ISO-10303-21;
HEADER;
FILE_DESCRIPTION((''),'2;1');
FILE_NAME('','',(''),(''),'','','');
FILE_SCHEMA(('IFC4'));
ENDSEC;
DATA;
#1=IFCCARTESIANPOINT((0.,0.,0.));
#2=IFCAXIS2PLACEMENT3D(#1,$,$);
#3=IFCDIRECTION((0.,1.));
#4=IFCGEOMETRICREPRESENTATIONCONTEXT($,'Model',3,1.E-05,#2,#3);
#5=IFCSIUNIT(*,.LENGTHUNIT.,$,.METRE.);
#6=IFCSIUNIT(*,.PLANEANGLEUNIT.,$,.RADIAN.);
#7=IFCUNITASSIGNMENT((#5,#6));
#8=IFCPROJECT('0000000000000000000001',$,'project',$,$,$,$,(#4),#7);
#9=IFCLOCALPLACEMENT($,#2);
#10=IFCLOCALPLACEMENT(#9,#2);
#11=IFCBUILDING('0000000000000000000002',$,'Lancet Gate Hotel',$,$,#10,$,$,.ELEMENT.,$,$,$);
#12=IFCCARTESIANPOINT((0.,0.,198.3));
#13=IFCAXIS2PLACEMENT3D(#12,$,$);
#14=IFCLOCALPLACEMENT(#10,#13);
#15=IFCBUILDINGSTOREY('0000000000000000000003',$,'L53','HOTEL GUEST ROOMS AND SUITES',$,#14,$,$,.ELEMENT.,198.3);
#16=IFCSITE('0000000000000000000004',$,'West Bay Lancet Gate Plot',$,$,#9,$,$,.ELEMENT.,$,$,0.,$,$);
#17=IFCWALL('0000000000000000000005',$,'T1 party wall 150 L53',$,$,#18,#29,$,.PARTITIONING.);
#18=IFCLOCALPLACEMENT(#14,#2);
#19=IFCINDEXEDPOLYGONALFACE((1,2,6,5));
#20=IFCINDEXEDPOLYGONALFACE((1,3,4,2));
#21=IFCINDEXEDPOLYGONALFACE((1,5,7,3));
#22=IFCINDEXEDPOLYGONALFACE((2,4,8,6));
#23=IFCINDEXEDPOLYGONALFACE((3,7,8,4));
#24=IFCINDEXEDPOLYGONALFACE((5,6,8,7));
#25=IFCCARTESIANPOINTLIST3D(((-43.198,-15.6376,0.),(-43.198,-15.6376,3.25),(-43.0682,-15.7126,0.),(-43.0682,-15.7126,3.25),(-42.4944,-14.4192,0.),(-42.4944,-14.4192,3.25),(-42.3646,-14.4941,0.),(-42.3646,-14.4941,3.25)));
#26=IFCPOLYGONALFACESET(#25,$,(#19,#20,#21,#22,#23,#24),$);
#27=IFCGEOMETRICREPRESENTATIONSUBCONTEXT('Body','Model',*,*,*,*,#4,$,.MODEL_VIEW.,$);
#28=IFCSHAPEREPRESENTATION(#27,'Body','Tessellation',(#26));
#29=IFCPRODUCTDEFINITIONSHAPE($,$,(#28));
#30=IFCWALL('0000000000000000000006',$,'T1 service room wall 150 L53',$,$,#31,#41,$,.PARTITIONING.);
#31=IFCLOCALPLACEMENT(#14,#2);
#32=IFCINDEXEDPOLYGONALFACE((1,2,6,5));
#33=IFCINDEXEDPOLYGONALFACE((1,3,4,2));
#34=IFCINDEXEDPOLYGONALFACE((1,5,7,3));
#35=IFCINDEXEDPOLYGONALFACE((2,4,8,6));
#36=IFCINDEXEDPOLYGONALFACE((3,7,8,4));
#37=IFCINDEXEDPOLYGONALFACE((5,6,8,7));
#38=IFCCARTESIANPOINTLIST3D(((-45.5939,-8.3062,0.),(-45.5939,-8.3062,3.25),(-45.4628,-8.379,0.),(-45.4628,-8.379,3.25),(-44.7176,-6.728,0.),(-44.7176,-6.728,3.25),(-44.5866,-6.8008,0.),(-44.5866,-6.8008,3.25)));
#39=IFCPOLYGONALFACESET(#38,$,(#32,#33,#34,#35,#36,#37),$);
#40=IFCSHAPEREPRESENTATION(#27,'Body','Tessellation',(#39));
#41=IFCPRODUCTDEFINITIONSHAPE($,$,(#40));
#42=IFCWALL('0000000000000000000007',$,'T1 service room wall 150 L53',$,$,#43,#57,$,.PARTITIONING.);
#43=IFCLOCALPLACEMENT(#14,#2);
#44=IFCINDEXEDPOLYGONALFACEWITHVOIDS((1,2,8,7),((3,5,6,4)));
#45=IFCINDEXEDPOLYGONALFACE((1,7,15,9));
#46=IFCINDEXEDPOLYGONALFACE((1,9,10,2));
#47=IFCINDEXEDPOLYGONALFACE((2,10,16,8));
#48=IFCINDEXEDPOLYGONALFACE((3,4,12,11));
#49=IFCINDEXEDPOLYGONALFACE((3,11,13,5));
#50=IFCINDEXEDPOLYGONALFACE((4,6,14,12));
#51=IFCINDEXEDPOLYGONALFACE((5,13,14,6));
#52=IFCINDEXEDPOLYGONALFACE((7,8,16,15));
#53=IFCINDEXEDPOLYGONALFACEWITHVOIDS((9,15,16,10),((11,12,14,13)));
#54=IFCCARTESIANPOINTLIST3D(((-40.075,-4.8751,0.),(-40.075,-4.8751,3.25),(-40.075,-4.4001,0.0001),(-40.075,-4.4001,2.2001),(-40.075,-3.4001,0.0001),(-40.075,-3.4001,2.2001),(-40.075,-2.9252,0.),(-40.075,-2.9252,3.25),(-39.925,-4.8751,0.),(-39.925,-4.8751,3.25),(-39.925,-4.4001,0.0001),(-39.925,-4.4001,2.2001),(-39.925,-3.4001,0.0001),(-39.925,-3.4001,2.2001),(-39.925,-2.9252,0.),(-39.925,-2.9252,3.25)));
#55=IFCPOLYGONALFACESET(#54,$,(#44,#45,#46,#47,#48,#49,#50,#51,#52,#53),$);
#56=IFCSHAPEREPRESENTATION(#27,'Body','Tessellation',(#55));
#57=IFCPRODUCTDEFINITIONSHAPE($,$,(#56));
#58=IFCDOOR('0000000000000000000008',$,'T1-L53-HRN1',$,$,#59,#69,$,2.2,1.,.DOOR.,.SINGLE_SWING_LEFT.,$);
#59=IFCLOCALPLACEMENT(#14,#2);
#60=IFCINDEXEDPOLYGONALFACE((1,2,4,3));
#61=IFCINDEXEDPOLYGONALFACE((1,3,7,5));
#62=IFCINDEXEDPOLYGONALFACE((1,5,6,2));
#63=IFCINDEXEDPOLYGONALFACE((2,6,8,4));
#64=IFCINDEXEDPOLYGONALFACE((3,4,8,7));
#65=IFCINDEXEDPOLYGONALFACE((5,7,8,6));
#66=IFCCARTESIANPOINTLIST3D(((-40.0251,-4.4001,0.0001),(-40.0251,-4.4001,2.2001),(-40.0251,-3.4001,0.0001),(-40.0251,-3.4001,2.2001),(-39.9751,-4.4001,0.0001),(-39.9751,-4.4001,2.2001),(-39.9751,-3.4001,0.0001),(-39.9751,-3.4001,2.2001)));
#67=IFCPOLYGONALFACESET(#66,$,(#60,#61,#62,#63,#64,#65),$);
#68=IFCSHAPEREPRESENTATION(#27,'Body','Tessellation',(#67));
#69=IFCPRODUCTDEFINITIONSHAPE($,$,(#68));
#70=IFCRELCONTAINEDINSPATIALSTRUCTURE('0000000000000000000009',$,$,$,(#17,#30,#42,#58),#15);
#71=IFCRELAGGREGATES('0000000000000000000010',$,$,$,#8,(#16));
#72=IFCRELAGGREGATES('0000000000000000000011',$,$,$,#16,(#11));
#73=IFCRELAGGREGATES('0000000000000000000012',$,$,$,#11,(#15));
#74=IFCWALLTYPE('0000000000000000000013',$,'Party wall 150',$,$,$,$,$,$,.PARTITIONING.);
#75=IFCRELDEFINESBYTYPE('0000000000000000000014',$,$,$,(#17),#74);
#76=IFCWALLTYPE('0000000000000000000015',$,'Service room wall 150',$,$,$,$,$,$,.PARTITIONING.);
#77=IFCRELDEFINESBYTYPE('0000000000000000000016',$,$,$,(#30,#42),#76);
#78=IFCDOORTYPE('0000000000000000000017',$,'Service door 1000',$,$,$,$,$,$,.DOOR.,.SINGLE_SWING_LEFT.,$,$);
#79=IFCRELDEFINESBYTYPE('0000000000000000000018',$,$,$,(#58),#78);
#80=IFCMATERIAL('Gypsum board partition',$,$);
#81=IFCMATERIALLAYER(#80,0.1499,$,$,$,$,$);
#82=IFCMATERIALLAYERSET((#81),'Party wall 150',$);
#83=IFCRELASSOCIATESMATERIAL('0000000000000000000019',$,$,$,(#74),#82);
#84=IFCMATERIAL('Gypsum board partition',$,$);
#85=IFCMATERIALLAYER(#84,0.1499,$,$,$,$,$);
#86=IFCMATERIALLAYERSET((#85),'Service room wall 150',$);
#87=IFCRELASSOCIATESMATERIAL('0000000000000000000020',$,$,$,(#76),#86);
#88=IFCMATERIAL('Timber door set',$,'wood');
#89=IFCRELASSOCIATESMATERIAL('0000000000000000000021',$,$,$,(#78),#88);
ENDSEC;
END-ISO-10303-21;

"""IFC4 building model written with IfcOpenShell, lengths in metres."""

from ifc_helpers import new_model, si_unit, direction, frame, frame_2d, origin, place, context, subcontext, project, spatial, rectangle, extrude, material, layer, layer_set, type_object, element, fill, save


model = new_model("IFC4")

# Units and contexts
model_context = context("Model", 3, precision=1e-05, world=origin(), true_north=direction((0.0, 1.0)))
body_context = subcontext(model_context, "Body", "Model", "MODEL_VIEW")
ifc_project = project(units=[si_unit("LENGTHUNIT", "METRE"), si_unit("PLANEANGLEUNIT", "RADIAN")], contexts=[model_context])

# Site, building, storey
site_placement = place(None, origin())
site = spatial("IfcSite", under=ifc_project, at=site_placement, Name="West Bay Lancet Gate Plot", CompositionType="ELEMENT", RefElevation=0.0)
building_placement = place(site_placement, origin())
building = spatial("IfcBuilding", under=site, at=building_placement, Name="Lancet Gate Hotel", CompositionType="ELEMENT")
storey_placement = place(building_placement, frame((0.0, 0.0, 198.3)))
storey = spatial("IfcBuildingStorey", under=building, at=storey_placement, Name="L53", Description="HOTEL GUEST ROOMS AND SUITES", CompositionType="ELEMENT", Elevation=198.3)

# Walls
ifc_material_1 = material(Name="Gypsum board partition")
ifc_layer_1 = layer(ifc_material_1, 0.1499)
ifc_layer_set_1 = layer_set([ifc_layer_1], Name="Party wall 150")
wall_type_1 = type_object("IfcWallType", Name="Party wall 150", PredefinedType="PARTITIONING", material=ifc_layer_set_1)
wall_1_placement = place(storey_placement, frame((-42.4294, -14.4565, 0.0), z_axis=(0.0, 0.0, 1.0), x_axis=(-0.500058, -0.865992, 0.0)))
element("IfcWall", 1, at=wall_1_placement, inside=storey, type_object=wall_type_1, Name="T1 party wall 150 L53", PredefinedType="PARTITIONING", context=body_context, shape_type="SweptSolid", body=[
    extrude(rectangle(XDim=1.407, YDim=0.1499, at=frame_2d((0.7036, 0.0))), origin(), (0.0, 0.0, 1.0), 3.25),
])
ifc_material_2 = material(Name="Gypsum board partition")
ifc_layer_2 = layer(ifc_material_2, 0.1499)
ifc_layer_set_2 = layer_set([ifc_layer_2], Name="Service room wall 150")
wall_type_2 = type_object("IfcWallType", Name="Service room wall 150", PredefinedType="PARTITIONING", material=ifc_layer_set_2)
wall_2_placement = place(storey_placement, frame((-44.6521, -6.7644, 0.0), z_axis=(0.0, 0.0, 1.0), x_axis=(-0.485425, -0.874278, 0.0)))
element("IfcWall", 2, at=wall_2_placement, inside=storey, type_object=wall_type_2, Name="T1 service room wall 150 L53", PredefinedType="PARTITIONING", context=body_context, shape_type="SweptSolid", body=[
    extrude(rectangle(XDim=1.8052, YDim=0.1499, at=frame_2d((0.9026, 0.0))), origin(), (0.0, 0.0, 1.0), 3.25),
])

# Wall, opening, door
wall_3_placement = place(storey_placement, frame((-40.0, -2.925, 0.0), z_axis=(0.0, 0.0, 1.0), x_axis=(0.0, -1.0, 0.0)))
wall_3 = element("IfcWall", 3, at=wall_3_placement, inside=storey, type_object=wall_type_2, Name="T1 service room wall 150 L53", PredefinedType="PARTITIONING", context=body_context, shape_type="SweptSolid", body=[
    extrude(rectangle(XDim=1.95, YDim=0.1499, at=frame_2d((0.9751, 0.0))), origin(), (0.0, 0.0, 1.0), 3.25),
])
opening_1_placement = place(wall_3_placement, frame((0.4751, 0.0, 0.0)))
opening_1 = element("IfcOpeningElement", 4, at=opening_1_placement, cuts=wall_3, PredefinedType="OPENING", context=body_context, shape_type="SweptSolid", body=[
    extrude(rectangle(XDim=1.0, YDim=2.2, at=frame_2d((0.5, 1.1001))), frame((0.0, 0.085, 0.0), z_axis=(0.0, -1.0, 0.0), x_axis=(1.0, 0.0, 0.0)), (0.0, 0.0, 1.0), 0.1699),
])
ifc_material_3 = material(Name="Timber door set", Category="wood")
door_type_1 = type_object("IfcDoorType", Name="Service door 1000", OperationType="SINGLE_SWING_LEFT", PredefinedType="DOOR", material=ifc_material_3)
door_1_placement = place(opening_1_placement, origin())
door_1 = element("IfcDoor", 5, at=door_1_placement, inside=storey, type_object=door_type_1, Name="T1-L53-HRN1", OperationType="SINGLE_SWING_LEFT", OverallHeight=2.2, OverallWidth=1.0, PredefinedType="DOOR", context=body_context, shape_type="SweptSolid", body=[
    extrude(rectangle(XDim=1.0, YDim=2.2, at=frame_2d((0.5, 1.1001))), frame((0.0, 0.0249, 0.0), z_axis=(0.0, -1.0, 0.0), x_axis=(1.0, 0.0, 0.0)), (0.0, 0.0, 1.0), 0.05),
])
fill(opening_1, door_1)

save(model, "model.ifc")
